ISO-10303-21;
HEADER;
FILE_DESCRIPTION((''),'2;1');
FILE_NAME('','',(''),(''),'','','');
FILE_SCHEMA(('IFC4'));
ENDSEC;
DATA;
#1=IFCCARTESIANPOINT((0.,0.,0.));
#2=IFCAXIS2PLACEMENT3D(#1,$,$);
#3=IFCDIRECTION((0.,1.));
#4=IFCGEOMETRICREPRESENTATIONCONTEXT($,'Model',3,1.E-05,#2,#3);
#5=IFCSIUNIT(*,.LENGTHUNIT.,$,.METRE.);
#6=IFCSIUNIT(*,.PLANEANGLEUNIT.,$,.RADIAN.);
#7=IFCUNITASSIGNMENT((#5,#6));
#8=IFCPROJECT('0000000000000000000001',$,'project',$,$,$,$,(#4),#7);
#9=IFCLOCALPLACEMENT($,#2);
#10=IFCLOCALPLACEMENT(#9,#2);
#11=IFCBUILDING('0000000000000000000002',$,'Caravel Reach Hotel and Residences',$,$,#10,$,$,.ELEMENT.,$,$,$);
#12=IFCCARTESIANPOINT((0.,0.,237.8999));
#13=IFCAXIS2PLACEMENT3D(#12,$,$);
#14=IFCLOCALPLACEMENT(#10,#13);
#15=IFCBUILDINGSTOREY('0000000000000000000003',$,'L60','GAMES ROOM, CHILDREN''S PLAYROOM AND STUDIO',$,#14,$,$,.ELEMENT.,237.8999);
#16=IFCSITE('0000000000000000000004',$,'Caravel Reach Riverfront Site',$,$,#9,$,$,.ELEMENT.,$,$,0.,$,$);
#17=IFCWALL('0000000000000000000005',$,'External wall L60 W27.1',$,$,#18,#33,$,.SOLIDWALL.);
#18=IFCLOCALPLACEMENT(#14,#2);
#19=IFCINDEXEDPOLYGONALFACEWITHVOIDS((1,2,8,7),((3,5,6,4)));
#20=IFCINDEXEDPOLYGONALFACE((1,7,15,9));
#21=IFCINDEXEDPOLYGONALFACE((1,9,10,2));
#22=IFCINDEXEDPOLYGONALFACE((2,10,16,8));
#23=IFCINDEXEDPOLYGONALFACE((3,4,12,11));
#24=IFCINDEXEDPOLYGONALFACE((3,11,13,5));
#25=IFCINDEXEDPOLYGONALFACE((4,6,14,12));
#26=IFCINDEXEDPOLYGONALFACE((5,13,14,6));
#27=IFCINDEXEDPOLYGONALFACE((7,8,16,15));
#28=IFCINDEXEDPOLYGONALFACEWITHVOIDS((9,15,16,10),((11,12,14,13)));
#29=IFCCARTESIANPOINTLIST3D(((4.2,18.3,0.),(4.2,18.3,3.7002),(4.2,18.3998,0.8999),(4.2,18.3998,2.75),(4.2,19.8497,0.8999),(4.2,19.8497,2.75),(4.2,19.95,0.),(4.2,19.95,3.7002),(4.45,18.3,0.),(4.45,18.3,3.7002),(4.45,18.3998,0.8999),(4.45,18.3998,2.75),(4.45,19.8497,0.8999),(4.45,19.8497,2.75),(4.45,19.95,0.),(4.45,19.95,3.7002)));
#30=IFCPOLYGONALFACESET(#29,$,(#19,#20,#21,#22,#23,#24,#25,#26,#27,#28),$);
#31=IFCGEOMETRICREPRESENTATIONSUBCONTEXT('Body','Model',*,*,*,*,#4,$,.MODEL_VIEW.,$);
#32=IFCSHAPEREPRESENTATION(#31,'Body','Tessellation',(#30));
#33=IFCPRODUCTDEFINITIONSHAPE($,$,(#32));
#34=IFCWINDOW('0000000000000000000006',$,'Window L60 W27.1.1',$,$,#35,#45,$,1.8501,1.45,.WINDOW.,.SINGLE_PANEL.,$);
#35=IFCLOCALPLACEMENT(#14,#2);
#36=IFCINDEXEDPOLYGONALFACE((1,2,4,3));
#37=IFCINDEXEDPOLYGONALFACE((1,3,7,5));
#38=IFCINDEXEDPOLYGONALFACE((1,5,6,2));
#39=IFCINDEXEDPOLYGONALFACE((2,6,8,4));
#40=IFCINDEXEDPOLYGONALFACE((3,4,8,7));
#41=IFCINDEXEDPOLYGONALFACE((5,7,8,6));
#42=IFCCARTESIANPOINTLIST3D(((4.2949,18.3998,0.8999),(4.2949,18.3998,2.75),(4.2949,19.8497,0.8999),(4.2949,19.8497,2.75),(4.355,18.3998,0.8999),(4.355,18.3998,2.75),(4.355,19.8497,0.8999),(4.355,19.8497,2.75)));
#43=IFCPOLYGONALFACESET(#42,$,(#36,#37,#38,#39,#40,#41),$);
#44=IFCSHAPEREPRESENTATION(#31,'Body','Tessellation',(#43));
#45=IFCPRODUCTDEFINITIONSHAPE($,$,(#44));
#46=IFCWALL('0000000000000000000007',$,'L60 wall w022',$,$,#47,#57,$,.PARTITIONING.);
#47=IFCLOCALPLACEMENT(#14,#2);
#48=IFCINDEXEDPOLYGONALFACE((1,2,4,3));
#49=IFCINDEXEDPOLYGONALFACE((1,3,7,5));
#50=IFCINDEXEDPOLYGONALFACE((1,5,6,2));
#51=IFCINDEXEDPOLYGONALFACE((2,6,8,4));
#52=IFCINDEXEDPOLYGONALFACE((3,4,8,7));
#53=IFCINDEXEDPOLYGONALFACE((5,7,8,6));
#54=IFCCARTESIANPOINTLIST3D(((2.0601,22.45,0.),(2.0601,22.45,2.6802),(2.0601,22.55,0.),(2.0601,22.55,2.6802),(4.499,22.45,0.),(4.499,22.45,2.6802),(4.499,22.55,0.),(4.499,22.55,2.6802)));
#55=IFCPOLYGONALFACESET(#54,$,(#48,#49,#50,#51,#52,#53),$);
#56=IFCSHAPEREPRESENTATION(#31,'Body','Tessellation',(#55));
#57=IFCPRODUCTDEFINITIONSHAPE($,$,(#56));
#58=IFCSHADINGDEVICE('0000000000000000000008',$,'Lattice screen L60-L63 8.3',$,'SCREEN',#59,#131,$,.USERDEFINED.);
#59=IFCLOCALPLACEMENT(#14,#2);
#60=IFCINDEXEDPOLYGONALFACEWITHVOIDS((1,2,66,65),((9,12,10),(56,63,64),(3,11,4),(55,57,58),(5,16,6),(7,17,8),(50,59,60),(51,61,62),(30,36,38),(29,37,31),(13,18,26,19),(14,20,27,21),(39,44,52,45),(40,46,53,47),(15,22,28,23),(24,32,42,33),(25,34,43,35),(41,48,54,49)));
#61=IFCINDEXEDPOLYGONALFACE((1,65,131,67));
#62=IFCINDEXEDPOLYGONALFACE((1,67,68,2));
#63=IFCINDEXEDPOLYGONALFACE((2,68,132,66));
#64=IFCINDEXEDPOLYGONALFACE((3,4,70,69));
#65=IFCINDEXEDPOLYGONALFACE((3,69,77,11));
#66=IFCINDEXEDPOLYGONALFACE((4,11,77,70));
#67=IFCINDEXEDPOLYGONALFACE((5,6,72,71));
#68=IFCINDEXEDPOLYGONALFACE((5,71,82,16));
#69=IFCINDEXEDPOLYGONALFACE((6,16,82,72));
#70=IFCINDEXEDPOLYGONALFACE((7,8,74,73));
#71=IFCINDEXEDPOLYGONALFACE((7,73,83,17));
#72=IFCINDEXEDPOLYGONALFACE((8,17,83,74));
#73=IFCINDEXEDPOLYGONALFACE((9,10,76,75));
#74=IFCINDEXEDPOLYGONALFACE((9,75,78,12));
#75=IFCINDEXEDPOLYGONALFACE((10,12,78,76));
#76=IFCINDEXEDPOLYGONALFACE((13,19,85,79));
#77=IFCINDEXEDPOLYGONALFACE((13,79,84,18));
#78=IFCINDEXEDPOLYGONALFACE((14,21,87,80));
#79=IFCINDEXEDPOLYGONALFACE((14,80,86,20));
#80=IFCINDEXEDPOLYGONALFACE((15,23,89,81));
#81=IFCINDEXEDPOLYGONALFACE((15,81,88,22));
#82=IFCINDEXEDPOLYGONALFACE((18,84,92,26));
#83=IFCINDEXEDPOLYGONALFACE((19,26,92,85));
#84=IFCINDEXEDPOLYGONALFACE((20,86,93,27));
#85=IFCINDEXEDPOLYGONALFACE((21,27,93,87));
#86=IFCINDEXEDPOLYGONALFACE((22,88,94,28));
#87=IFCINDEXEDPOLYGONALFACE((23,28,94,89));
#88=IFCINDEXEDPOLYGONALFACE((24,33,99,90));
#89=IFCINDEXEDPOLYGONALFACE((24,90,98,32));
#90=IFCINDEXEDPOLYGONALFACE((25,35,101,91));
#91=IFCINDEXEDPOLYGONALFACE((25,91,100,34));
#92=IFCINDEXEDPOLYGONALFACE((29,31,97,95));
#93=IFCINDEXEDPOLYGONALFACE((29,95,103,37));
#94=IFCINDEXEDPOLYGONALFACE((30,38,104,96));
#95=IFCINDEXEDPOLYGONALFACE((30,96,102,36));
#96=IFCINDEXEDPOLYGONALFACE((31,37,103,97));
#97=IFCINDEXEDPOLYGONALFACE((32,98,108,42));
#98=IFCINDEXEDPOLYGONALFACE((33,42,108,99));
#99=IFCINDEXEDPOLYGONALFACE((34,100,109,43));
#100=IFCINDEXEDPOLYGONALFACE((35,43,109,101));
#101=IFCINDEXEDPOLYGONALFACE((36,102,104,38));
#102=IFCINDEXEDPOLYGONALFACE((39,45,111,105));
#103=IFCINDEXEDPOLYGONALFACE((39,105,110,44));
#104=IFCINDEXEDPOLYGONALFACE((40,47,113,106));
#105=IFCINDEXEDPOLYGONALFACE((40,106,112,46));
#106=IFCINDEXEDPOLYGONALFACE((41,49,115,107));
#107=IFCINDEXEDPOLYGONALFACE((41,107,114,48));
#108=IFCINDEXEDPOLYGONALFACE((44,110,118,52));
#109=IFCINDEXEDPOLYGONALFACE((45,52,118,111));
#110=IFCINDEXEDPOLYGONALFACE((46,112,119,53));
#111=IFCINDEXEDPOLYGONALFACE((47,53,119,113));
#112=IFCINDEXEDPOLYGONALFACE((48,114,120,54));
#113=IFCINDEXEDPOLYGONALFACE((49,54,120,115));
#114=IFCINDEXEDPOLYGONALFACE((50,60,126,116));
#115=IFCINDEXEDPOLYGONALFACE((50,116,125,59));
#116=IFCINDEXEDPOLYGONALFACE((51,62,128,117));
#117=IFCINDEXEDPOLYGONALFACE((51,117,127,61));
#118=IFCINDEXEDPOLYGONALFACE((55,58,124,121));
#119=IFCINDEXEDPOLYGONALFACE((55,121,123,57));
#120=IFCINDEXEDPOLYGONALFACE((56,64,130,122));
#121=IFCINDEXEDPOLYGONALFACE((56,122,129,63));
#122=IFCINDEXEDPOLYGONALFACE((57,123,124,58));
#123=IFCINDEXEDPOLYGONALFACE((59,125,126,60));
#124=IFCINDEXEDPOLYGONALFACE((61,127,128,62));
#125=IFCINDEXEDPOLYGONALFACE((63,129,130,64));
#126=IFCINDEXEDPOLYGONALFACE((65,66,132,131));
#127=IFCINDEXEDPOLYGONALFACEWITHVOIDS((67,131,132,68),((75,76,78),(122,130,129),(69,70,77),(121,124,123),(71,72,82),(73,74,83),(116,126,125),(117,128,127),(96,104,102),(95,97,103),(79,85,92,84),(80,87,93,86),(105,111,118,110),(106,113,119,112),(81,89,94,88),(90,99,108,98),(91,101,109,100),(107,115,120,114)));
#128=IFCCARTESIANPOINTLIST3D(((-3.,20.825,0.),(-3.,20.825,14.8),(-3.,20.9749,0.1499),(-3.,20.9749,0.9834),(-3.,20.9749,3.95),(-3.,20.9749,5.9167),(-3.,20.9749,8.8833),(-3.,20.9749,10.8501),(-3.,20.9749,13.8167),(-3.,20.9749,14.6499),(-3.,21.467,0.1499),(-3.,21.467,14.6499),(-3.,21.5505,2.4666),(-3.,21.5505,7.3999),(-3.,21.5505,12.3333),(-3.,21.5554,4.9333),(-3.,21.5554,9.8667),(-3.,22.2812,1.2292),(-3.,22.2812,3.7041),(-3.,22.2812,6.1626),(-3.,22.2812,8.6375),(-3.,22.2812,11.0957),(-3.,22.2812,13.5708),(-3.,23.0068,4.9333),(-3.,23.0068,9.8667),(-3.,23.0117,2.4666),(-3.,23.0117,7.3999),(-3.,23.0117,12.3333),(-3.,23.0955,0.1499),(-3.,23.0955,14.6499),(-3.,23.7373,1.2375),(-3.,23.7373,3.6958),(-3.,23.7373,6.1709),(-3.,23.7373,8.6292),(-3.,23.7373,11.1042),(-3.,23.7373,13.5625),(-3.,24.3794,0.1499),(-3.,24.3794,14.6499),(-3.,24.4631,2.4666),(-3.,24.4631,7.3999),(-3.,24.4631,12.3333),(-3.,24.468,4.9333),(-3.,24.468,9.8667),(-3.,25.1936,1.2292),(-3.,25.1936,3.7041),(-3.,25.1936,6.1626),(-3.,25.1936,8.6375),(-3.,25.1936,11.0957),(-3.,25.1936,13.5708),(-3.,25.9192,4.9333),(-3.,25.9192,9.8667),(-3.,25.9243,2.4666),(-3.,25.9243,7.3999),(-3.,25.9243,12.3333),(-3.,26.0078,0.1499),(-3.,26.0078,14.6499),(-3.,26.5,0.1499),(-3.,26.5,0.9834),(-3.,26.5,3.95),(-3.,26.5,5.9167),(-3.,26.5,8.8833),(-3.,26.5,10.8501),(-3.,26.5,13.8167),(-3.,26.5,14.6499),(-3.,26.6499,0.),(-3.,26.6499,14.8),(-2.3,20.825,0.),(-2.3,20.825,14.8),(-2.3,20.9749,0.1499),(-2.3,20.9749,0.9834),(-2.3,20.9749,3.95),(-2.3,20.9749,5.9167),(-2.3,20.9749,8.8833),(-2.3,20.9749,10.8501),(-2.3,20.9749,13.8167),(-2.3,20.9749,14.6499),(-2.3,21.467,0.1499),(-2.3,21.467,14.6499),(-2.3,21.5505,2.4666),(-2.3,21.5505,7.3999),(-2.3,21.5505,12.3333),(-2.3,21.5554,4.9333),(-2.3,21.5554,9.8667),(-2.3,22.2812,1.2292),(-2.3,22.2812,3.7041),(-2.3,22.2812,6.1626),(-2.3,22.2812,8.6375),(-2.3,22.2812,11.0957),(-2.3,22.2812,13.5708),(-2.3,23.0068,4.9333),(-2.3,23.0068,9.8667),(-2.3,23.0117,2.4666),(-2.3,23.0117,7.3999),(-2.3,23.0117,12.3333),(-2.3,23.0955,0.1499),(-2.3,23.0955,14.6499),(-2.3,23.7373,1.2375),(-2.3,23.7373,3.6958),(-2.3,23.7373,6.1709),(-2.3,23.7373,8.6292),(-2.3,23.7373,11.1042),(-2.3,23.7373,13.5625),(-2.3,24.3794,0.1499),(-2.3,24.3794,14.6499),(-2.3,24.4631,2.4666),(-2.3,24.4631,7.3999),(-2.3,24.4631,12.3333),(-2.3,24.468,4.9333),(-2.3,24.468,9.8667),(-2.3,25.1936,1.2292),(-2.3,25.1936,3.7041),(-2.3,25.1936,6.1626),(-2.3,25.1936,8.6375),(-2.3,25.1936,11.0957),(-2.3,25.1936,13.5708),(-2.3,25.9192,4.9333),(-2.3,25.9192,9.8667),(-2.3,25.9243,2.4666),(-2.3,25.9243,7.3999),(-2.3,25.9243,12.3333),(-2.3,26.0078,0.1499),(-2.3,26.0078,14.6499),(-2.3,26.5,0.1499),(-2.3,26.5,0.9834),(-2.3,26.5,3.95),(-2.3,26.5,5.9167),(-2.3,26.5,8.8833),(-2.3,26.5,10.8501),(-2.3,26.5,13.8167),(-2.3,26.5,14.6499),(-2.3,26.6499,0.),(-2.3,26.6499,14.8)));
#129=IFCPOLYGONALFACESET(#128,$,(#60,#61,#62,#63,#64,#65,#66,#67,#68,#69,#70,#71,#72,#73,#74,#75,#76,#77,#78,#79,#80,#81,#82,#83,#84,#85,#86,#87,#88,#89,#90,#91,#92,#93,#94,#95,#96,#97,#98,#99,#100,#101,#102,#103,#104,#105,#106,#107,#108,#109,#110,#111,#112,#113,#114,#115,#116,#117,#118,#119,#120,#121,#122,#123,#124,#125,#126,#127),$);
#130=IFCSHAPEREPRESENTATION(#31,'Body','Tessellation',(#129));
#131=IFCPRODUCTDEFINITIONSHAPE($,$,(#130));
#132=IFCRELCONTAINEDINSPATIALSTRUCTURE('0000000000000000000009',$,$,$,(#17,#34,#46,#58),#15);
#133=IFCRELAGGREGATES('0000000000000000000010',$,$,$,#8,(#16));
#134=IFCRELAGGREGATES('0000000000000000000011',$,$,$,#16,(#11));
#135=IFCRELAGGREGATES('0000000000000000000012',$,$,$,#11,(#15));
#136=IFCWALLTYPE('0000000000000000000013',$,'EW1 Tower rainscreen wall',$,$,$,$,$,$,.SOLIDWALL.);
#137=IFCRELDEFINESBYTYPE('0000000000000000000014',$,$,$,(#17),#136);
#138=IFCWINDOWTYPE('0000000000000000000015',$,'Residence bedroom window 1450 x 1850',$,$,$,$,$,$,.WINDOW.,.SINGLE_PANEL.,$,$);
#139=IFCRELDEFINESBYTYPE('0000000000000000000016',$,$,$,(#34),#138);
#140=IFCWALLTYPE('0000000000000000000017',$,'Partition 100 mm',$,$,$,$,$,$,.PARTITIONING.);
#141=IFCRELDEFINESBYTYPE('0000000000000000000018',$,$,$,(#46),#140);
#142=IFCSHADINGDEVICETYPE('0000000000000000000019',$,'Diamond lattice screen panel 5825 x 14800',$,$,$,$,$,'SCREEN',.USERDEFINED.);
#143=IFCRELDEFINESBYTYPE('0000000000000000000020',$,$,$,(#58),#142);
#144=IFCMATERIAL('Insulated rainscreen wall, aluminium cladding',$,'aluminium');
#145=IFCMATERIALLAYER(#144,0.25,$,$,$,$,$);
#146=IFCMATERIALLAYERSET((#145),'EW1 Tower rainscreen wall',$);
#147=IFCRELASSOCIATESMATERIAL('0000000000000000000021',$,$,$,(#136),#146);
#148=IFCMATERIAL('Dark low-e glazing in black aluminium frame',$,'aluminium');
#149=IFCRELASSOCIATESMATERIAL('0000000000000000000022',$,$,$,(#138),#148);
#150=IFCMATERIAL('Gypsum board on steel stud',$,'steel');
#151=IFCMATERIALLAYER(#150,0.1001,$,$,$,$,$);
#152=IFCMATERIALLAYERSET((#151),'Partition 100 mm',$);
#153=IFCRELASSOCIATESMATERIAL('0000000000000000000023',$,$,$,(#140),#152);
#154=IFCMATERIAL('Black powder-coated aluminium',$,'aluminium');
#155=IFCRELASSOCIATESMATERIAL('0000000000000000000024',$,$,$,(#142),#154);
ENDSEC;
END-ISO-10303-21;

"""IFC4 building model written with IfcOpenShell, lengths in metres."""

from ifc_helpers import new_model, si_unit, direction, frame, frame_2d, origin, place, context, subcontext, project, spatial, polyline, rectangle, outline, extrude, material, layer, layer_set, type_object, element, fill, save


model = new_model("IFC4")

# Units and contexts
model_context = context("Model", 3, precision=1e-05, world=origin(), true_north=direction((0.0, 1.0)))
body_context = subcontext(model_context, "Body", "Model", "MODEL_VIEW")
ifc_project = project(units=[si_unit("LENGTHUNIT", "METRE"), si_unit("PLANEANGLEUNIT", "RADIAN")], contexts=[model_context])

# Site, building, storey
site_placement = place(None, origin())
site = spatial("IfcSite", under=ifc_project, at=site_placement, Name="Caravel Reach Riverfront Site", CompositionType="ELEMENT", RefElevation=0.0)
building_placement = place(site_placement, origin())
building = spatial("IfcBuilding", under=site, at=building_placement, Name="Caravel Reach Hotel and Residences", CompositionType="ELEMENT")
storey_placement = place(building_placement, frame((0.0, 0.0, 237.8999)))
storey = spatial("IfcBuildingStorey", under=building, at=storey_placement, Name="L60", Description="GAMES ROOM, CHILDREN'S PLAYROOM AND STUDIO", CompositionType="ELEMENT", Elevation=237.8999)

# Wall, opening, window
ifc_material_1 = material(Name="Insulated rainscreen wall, aluminium cladding", Category="aluminium")
ifc_layer_1 = layer(ifc_material_1, 0.25)
ifc_layer_set_1 = layer_set([ifc_layer_1], Name="EW1 Tower rainscreen wall")
wall_type_1 = type_object("IfcWallType", Name="EW1 Tower rainscreen wall", PredefinedType="SOLIDWALL", material=ifc_layer_set_1)
ifc_material_2 = material(Name="Dark low-e glazing in black aluminium frame", Category="aluminium")
window_type = type_object("IfcWindowType", Name="Residence bedroom window 1450 x 1850", PartitioningType="SINGLE_PANEL", PredefinedType="WINDOW", material=ifc_material_2)
wall_1_placement = place(storey_placement, frame((4.325, 19.95, 0.0), z_axis=(0.0, 0.0, 1.0), x_axis=(0.0, -1.0, 0.0)))
wall_1 = element("IfcWall", 1, at=wall_1_placement, inside=storey, type_object=wall_type_1, Name="External wall L60 W27.1", PredefinedType="SOLIDWALL", context=body_context, shape_type="SweptSolid", body=[
    extrude(rectangle(XDim=1.6499, YDim=0.25, at=frame_2d((0.825, 0.0))), origin(), (0.0, 0.0, 1.0), 3.7002),
])
opening_1_placement = place(wall_1_placement, frame((0.1001, 0.0, 0.8999)))
opening_1 = element("IfcOpeningElement", 2, at=opening_1_placement, cuts=wall_1, PredefinedType="OPENING", context=body_context, shape_type="SweptSolid", body=[
    extrude(rectangle(XDim=1.45, YDim=1.8501, at=frame_2d((0.7251, 0.925))), frame((0.0, 0.135, 0.0), z_axis=(0.0, -1.0, 0.0), x_axis=(1.0, 0.0, 0.0)), (0.0, 0.0, 1.0), 0.27),
])
window_1_placement = place(opening_1_placement, origin())
window_1 = element("IfcWindow", 3, at=window_1_placement, inside=storey, type_object=window_type, Name="Window L60 W27.1.1", OverallHeight=1.8501, OverallWidth=1.45, PartitioningType="SINGLE_PANEL", PredefinedType="WINDOW", context=body_context, shape_type="SweptSolid", body=[
    extrude(rectangle(XDim=1.45, YDim=1.8501, at=frame_2d((0.7251, 0.925))), frame((0.0, 0.03, 0.0), z_axis=(0.0, -1.0, 0.0), x_axis=(1.0, 0.0, 0.0)), (0.0, 0.0, 1.0), 0.0601),
])
fill(opening_1, window_1)

# Wall
ifc_material_3 = material(Name="Gypsum board on steel stud", Category="steel")
ifc_layer_2 = layer(ifc_material_3, 0.1001)
ifc_layer_set_2 = layer_set([ifc_layer_2], Name="Partition 100 mm")
wall_type_2 = type_object("IfcWallType", Name="Partition 100 mm", PredefinedType="PARTITIONING", material=ifc_layer_set_2)
wall_2_placement = place(storey_placement, frame((2.0601, 22.5, 0.0), z_axis=(0.0, 0.0, 1.0), x_axis=(1.0, 0.0, 0.0)))
element("IfcWall", 4, at=wall_2_placement, inside=storey, type_object=wall_type_2, Name="L60 wall w022", PredefinedType="PARTITIONING", context=body_context, shape_type="SweptSolid", body=[
    extrude(rectangle(XDim=2.439, YDim=0.1001, at=frame_2d((1.2195, 0.0))), origin(), (0.0, 0.0, 1.0), 2.6802),
])

# Shading device
ifc_material_4 = material(Name="Black powder-coated aluminium", Category="aluminium")
shading_device_type = type_object("IfcShadingDeviceType", Name="Diamond lattice screen panel 5825 x 14800", ElementType="SCREEN", PredefinedType="USERDEFINED", material=ifc_material_4)
shading_device_1_placement = place(storey_placement, frame((-2.3, 26.6499, 0.0), z_axis=(-1.0, 0.0, 0.0), x_axis=(0.0, -1.0, 0.0)))
element("IfcShadingDevice", 5, at=shading_device_1_placement, inside=storey, type_object=shading_device_type, Name="Lattice screen L60-L63 8.3", ObjectType="SCREEN", PredefinedType="USERDEFINED", context=body_context, shape_type="SweptSolid", body=[
    extrude(outline(polyline([(0.0, 0.0), (5.825, 0.0), (5.825, 14.8), (0.0, 14.8), (0.0, 0.0)]), holes=[polyline([(0.6421, 0.1499), (0.1499, 0.9834), (0.1499, 0.1499), (0.6421, 0.1499)]), polyline([(0.7307, 4.9333), (0.1499, 5.9167), (0.1499, 3.95), (0.7307, 4.9333)]), polyline([(0.7307, 9.8667), (0.1499, 10.8501), (0.1499, 8.8833), (0.7307, 9.8667)]), polyline([(0.1499, 13.8167), (0.6421, 14.6499), (0.1499, 14.6499), (0.1499, 13.8167)]), polyline([(1.4563, 3.7041), (0.7256, 2.4666), (1.4563, 1.2292), (2.1868, 2.4666), (1.4563, 3.7041)]), polyline([(1.4563, 8.6375), (0.7256, 7.3999), (1.4563, 6.1626), (2.1868, 7.3999), (1.4563, 8.6375)]), polyline([(1.4563, 13.5708), (0.7256, 12.3333), (1.4563, 11.0957), (2.1868, 12.3333), (1.4563, 13.5708)]), polyline([(2.9126, 1.2375), (2.2705, 0.1499), (3.5544, 0.1499), (2.9126, 1.2375)]), polyline([(2.9126, 6.1709), (2.1819, 4.9333), (2.9126, 3.6958), (3.6431, 4.9333), (2.9126, 6.1709)]), polyline([(2.9126, 11.1042), (2.1819, 9.8667), (2.9126, 8.6292), (3.6431, 9.8667), (2.9126, 11.1042)]), polyline([(2.9126, 13.5625), (3.5544, 14.6499), (2.2705, 14.6499), (2.9126, 13.5625)]), polyline([(4.3687, 3.7041), (3.6382, 2.4666), (4.3687, 1.2292), (5.0994, 2.4666), (4.3687, 3.7041)]), polyline([(4.3687, 8.6375), (3.6382, 7.3999), (4.3687, 6.1626), (5.0994, 7.3999), (4.3687, 8.6375)]), polyline([(4.3687, 13.5708), (3.6382, 12.3333), (4.3687, 11.0957), (5.0994, 12.3333), (4.3687, 13.5708)]), polyline([(5.675, 0.9834), (5.1829, 0.1499), (5.675, 0.1499), (5.675, 0.9834)]), polyline([(5.0945, 4.9333), (5.675, 3.95), (5.675, 5.9167), (5.0945, 4.9333)]), polyline([(5.0945, 9.8667), (5.675, 8.8833), (5.675, 10.8501), (5.0945, 9.8667)]), polyline([(5.1829, 14.6499), (5.675, 13.8167), (5.675, 14.6499), (5.1829, 14.6499)])]), origin(), (0.0, 0.0, 1.0), 0.7),
])

save(model, "model.ifc")
